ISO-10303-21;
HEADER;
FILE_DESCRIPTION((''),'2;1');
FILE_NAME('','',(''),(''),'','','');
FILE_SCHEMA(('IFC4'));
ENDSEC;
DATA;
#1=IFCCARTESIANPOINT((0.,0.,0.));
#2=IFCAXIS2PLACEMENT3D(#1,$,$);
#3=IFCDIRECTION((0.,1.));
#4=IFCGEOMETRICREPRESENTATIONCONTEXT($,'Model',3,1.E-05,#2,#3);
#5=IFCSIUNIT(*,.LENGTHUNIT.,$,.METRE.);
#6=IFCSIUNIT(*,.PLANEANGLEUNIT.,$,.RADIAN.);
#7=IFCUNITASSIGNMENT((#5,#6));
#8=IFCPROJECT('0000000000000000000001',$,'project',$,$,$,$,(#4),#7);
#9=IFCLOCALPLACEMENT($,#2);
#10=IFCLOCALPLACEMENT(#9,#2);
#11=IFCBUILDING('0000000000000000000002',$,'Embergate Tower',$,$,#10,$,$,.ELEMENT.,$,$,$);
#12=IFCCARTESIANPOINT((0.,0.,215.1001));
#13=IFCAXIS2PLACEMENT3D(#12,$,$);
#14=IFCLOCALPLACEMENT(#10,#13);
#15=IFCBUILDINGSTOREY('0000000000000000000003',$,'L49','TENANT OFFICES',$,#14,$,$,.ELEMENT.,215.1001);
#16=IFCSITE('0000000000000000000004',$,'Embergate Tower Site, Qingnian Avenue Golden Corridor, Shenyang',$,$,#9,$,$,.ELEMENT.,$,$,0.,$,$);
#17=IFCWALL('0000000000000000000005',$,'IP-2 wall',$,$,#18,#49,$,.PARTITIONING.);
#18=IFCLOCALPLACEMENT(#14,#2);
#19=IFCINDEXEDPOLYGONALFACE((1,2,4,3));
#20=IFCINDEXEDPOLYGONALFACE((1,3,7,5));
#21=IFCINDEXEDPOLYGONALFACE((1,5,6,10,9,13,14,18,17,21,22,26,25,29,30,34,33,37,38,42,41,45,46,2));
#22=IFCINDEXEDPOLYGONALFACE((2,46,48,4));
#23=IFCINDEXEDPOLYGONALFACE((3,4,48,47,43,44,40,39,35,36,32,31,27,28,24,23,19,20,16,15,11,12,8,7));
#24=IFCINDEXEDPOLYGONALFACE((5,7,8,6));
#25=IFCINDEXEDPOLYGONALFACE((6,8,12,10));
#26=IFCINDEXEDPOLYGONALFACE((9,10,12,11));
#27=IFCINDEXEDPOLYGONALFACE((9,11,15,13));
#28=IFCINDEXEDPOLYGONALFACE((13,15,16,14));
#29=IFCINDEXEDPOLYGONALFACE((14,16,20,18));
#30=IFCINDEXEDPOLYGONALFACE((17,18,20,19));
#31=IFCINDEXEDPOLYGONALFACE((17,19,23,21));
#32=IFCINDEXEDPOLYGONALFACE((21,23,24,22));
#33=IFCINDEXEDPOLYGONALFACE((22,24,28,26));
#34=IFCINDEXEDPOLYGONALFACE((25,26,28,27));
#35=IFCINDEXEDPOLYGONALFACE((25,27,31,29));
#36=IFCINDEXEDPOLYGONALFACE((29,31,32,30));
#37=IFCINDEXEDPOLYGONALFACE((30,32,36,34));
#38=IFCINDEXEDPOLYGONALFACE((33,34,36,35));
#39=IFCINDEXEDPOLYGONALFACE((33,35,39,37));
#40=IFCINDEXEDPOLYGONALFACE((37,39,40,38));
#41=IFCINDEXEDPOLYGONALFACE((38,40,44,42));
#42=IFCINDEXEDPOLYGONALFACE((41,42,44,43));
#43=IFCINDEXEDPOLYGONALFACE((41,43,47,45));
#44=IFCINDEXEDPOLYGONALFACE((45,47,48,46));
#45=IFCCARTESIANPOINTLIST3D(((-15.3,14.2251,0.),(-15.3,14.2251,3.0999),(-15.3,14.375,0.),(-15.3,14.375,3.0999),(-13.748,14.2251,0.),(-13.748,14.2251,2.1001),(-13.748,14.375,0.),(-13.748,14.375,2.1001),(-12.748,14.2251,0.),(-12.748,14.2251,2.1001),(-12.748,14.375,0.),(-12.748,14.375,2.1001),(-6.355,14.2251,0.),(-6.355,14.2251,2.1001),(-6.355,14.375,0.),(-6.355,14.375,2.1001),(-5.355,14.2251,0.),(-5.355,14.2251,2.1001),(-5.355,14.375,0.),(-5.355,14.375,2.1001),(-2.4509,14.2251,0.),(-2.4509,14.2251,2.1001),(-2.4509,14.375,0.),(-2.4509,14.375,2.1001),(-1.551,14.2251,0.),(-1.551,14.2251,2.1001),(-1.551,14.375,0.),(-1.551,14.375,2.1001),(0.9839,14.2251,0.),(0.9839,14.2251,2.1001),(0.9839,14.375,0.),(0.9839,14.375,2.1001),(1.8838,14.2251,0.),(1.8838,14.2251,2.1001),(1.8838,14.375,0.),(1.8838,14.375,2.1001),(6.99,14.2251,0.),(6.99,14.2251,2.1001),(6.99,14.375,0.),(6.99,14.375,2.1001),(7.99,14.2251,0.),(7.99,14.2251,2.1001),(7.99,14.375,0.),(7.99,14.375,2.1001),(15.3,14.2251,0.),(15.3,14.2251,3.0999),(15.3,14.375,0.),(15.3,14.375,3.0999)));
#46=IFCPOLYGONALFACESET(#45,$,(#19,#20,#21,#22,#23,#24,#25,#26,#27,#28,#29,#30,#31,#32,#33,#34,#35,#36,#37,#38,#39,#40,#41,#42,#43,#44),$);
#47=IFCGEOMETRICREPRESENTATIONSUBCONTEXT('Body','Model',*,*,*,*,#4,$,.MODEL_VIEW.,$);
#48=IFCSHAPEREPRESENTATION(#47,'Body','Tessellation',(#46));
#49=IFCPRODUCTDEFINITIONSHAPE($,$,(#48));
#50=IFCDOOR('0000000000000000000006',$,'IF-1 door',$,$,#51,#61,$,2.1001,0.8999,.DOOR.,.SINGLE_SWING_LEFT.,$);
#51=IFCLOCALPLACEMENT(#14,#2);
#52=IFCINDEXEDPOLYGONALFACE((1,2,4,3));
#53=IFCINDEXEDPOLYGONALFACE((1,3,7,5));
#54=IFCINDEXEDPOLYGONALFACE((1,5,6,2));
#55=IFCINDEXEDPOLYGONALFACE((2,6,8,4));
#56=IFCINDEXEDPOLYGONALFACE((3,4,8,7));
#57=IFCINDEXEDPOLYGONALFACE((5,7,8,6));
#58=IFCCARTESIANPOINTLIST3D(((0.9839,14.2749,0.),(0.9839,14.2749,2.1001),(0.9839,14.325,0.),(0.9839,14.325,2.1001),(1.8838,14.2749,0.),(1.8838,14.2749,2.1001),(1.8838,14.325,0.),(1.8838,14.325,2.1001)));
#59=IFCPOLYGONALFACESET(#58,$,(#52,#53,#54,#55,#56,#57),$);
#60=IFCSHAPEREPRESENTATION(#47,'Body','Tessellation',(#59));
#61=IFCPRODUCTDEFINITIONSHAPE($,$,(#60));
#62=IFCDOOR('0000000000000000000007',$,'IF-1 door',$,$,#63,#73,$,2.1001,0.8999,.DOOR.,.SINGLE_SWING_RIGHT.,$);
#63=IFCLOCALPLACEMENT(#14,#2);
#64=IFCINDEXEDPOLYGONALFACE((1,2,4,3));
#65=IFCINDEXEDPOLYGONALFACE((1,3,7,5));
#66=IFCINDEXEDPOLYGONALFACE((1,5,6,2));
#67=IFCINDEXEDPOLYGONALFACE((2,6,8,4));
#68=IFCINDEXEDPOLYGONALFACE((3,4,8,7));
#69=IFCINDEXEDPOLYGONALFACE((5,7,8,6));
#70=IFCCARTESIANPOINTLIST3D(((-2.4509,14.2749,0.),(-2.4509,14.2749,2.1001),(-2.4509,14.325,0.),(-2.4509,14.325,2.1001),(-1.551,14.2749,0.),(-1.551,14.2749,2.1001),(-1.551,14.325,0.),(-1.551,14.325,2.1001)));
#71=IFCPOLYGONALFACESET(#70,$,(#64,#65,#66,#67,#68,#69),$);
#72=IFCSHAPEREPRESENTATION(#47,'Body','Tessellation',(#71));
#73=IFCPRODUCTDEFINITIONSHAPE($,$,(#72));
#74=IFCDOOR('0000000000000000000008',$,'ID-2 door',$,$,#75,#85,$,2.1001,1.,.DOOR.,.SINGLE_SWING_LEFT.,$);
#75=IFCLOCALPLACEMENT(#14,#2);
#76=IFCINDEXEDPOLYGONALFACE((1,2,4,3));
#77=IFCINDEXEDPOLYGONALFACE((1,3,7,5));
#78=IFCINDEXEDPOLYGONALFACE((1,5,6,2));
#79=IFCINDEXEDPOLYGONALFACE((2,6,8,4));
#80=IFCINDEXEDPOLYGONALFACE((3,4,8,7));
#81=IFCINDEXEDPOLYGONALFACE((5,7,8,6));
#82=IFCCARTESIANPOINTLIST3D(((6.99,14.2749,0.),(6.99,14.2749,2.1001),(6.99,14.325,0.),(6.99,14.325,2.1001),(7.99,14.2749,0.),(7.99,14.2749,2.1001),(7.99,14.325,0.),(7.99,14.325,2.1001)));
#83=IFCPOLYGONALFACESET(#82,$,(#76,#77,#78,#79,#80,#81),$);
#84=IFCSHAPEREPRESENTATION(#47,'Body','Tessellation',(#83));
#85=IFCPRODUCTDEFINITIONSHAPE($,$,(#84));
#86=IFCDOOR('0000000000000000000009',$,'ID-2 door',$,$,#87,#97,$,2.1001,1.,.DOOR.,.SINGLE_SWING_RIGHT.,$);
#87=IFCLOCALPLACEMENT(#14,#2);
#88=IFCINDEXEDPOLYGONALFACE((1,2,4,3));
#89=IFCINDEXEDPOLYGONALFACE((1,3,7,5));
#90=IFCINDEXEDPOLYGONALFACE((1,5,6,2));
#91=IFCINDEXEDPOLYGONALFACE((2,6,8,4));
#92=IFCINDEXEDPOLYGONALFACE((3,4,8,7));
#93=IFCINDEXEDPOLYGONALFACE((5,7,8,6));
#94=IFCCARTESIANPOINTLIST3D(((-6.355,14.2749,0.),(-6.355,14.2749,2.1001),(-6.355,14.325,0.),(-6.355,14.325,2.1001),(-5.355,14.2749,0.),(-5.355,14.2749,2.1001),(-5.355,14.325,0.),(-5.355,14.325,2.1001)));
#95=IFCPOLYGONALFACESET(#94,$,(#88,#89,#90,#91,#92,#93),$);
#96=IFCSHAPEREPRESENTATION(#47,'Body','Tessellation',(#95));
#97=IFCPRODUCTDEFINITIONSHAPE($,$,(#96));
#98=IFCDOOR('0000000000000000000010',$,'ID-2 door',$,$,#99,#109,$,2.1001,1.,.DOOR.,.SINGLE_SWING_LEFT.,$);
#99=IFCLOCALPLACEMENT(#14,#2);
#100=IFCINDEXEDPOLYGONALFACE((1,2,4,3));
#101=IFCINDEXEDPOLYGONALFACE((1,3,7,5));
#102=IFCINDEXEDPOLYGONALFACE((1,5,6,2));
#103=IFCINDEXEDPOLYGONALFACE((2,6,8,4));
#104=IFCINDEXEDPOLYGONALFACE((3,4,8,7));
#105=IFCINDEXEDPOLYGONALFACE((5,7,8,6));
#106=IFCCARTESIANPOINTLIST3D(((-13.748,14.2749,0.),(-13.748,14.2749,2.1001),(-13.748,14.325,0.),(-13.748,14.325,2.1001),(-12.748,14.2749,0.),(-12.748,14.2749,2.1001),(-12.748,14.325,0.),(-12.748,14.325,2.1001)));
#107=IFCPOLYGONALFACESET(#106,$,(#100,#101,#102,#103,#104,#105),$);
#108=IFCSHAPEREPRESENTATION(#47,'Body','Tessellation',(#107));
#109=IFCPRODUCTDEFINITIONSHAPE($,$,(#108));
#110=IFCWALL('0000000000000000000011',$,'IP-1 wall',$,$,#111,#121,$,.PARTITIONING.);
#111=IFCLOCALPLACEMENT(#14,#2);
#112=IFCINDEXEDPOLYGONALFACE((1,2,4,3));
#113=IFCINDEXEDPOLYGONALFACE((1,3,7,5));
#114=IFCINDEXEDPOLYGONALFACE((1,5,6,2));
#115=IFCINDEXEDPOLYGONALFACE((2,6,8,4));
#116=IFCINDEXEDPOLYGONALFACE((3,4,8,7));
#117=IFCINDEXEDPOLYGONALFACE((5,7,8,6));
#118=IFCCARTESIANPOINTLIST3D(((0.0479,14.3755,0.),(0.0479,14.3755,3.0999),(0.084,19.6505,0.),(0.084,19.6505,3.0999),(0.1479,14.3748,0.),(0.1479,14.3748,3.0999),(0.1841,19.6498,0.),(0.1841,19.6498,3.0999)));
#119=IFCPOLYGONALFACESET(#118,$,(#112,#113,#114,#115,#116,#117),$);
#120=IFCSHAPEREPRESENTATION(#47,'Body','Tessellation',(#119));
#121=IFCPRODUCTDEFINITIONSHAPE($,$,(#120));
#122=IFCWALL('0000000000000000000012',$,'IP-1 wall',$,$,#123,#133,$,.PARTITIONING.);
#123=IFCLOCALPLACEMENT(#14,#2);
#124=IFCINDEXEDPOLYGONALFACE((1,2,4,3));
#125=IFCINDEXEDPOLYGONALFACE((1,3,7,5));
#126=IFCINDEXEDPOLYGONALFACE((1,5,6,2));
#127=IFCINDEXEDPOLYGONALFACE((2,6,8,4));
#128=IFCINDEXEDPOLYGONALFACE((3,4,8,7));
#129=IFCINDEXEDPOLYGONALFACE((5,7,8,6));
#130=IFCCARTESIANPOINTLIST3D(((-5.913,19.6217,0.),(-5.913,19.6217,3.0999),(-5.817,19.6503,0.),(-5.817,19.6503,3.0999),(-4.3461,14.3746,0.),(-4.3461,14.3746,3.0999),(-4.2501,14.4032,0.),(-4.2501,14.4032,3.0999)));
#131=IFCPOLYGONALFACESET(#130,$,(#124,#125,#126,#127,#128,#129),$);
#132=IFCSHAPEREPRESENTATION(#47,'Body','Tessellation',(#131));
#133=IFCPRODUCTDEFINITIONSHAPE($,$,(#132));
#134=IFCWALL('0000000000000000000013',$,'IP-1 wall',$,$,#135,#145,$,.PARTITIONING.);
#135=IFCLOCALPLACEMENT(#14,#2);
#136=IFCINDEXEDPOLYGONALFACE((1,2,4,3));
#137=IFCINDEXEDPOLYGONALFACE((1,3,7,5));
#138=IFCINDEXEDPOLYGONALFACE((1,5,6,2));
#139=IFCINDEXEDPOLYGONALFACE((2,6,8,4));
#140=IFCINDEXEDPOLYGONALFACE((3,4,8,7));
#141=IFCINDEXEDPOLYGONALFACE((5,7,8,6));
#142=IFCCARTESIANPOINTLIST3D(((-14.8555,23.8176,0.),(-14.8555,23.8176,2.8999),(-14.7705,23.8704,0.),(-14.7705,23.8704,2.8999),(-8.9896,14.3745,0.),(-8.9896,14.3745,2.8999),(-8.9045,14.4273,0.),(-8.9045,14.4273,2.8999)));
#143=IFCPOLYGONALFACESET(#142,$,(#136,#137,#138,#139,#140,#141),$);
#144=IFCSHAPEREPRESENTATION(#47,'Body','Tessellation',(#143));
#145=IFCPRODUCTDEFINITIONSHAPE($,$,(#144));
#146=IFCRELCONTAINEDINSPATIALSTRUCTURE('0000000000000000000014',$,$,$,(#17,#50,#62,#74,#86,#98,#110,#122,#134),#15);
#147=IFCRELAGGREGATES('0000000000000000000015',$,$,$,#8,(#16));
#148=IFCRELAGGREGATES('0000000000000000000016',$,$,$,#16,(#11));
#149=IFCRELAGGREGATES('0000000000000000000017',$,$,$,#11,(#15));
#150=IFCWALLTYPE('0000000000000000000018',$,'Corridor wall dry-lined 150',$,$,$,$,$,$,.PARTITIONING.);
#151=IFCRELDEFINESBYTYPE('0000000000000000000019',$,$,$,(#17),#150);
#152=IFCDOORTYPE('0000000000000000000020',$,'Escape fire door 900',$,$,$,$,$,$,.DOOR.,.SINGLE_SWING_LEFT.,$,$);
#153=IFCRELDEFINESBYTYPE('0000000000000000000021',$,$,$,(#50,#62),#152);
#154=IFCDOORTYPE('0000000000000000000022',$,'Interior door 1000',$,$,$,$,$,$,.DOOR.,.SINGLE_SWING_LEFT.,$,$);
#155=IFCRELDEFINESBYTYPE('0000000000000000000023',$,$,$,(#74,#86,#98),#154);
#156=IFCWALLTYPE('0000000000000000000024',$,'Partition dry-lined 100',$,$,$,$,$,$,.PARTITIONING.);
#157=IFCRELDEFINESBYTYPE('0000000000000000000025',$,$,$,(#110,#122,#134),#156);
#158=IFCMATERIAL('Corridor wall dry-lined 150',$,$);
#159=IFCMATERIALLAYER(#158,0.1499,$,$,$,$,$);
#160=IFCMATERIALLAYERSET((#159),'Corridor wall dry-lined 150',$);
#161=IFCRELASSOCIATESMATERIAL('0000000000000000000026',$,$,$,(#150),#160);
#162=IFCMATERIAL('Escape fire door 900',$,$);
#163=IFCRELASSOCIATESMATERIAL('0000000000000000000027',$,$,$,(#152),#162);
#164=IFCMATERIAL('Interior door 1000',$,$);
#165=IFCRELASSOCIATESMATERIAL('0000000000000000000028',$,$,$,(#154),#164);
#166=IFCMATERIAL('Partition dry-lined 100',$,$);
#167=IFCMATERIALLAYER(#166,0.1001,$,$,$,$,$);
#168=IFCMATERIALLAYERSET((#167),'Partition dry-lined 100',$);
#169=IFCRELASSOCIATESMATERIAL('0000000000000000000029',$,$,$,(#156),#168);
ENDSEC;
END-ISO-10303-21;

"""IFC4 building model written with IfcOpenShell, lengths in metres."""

from ifc_helpers import new_model, si_unit, direction, frame, frame_2d, origin, place, context, subcontext, project, spatial, rectangle, extrude, source, transform, mapped, material, layer, layer_set, type_object, element, fill, save


model = new_model("IFC4")

# Units and contexts
model_context = context("Model", 3, precision=1e-05, world=origin(), true_north=direction((0.0, 1.0)))
body_context = subcontext(model_context, "Body", "Model", "MODEL_VIEW")
ifc_project = project(units=[si_unit("LENGTHUNIT", "METRE"), si_unit("PLANEANGLEUNIT", "RADIAN")], contexts=[model_context])

# Site, building, storey
site_placement = place(None, origin())
site = spatial("IfcSite", under=ifc_project, at=site_placement, Name="Embergate Tower Site, Qingnian Avenue Golden Corridor, Shenyang", CompositionType="ELEMENT", RefElevation=0.0)
building_placement = place(site_placement, origin())
building = spatial("IfcBuilding", under=site, at=building_placement, Name="Embergate Tower", CompositionType="ELEMENT")
storey_placement = place(building_placement, frame((0.0, 0.0, 215.1001)))
storey = spatial("IfcBuildingStorey", under=building, at=storey_placement, Name="L49", Description="TENANT OFFICES", CompositionType="ELEMENT", Elevation=215.1001)

# Wall, openings, doors
ifc_material_1 = material(Name="Corridor wall dry-lined 150")
ifc_layer_1 = layer(ifc_material_1, 0.1499)
ifc_layer_set_1 = layer_set([ifc_layer_1], Name="Corridor wall dry-lined 150")
wall_type_1 = type_object("IfcWallType", Name="Corridor wall dry-lined 150", PredefinedType="PARTITIONING", material=ifc_layer_set_1)
shared_shape_1 = source(origin(), body_context, "Body", "SweptSolid", [
    extrude(rectangle(XDim=30.6001, YDim=0.1499, at=frame_2d((15.3, 0.0))), origin(), (0.0, 0.0, 1.0), 3.0999),
])
wall_1_placement = place(storey_placement, frame((-15.3, 14.3, 0.0), z_axis=(0.0, 0.0, 1.0), x_axis=(1.0, 0.0, 0.0)))
wall_1 = element("IfcWall", 1, at=wall_1_placement, inside=storey, type_object=wall_type_1, Name="IP-2 wall", PredefinedType="PARTITIONING", context=body_context, shape_type="MappedRepresentation", body=[
    mapped(shared_shape_1, transform((0.0, 0.0, 0.0))),
])
shared_shape_2 = source(origin(), body_context, "Body", "SweptSolid", [
    extrude(rectangle(XDim=1.0, YDim=2.1001, at=frame_2d((0.5, 1.05))), frame((0.0, 0.085, 0.0), z_axis=(0.0, -1.0, 0.0), x_axis=(1.0, 0.0, 0.0)), (0.0, 0.0, 1.0), 0.1699),
])
opening_1_placement = place(wall_1_placement, frame((22.29, 0.0, 0.0)))
opening_1 = element("IfcOpeningElement", 2, at=opening_1_placement, cuts=wall_1, PredefinedType="OPENING", context=body_context, shape_type="MappedRepresentation", body=[
    mapped(shared_shape_2, transform((0.0, 0.0, 0.0))),
])
shared_shape_3 = source(origin(), body_context, "Body", "SweptSolid", [
    extrude(rectangle(XDim=0.8999, YDim=2.1001, at=frame_2d((0.45, 1.05))), frame((0.0, 0.085, 0.0), z_axis=(0.0, -1.0, 0.0), x_axis=(1.0, 0.0, 0.0)), (0.0, 0.0, 1.0), 0.1699),
])
opening_2_placement = place(wall_1_placement, frame((16.2839, 0.0, 0.0)))
opening_2 = element("IfcOpeningElement", 3, at=opening_2_placement, cuts=wall_1, PredefinedType="OPENING", context=body_context, shape_type="MappedRepresentation", body=[
    mapped(shared_shape_3, transform((0.0, 0.0, 0.0))),
])
opening_3_placement = place(wall_1_placement, frame((12.8491, 0.0, 0.0)))
opening_3 = element("IfcOpeningElement", 4, at=opening_3_placement, cuts=wall_1, PredefinedType="OPENING", context=body_context, shape_type="MappedRepresentation", body=[
    mapped(shared_shape_3, transform((0.0, 0.0, 0.0))),
])
opening_4_placement = place(wall_1_placement, frame((8.9451, 0.0, 0.0)))
opening_4 = element("IfcOpeningElement", 5, at=opening_4_placement, cuts=wall_1, PredefinedType="OPENING", context=body_context, shape_type="MappedRepresentation", body=[
    mapped(shared_shape_2, transform((0.0, 0.0, 0.0))),
])
opening_5_placement = place(wall_1_placement, frame((1.552, 0.0, 0.0)))
opening_5 = element("IfcOpeningElement", 6, at=opening_5_placement, cuts=wall_1, PredefinedType="OPENING", context=body_context, shape_type="MappedRepresentation", body=[
    mapped(shared_shape_2, transform((0.0, 0.0, 0.0))),
])
ifc_material_2 = material(Name="Escape fire door 900")
door_type_1 = type_object("IfcDoorType", Name="Escape fire door 900", OperationType="SINGLE_SWING_LEFT", PredefinedType="DOOR", material=ifc_material_2)
shared_shape_4 = source(origin(), body_context, "Body", "SweptSolid", [
    extrude(rectangle(XDim=0.8999, YDim=2.1001, at=frame_2d((0.45, 1.05))), frame((0.0, 0.0249, 0.0), z_axis=(0.0, -1.0, 0.0), x_axis=(1.0, 0.0, 0.0)), (0.0, 0.0, 1.0), 0.05),
])
door_1_placement = place(opening_2_placement, origin())
door_1 = element("IfcDoor", 7, at=door_1_placement, inside=storey, type_object=door_type_1, Name="IF-1 door", OperationType="SINGLE_SWING_LEFT", OverallHeight=2.1001, OverallWidth=0.8999, PredefinedType="DOOR", context=body_context, shape_type="MappedRepresentation", body=[
    mapped(shared_shape_4, transform((0.0, 0.0, 0.0))),
])
fill(opening_2, door_1)
door_2_placement = place(opening_3_placement, origin())
door_2 = element("IfcDoor", 8, at=door_2_placement, inside=storey, type_object=door_type_1, Name="IF-1 door", OperationType="SINGLE_SWING_RIGHT", OverallHeight=2.1001, OverallWidth=0.8999, PredefinedType="DOOR", context=body_context, shape_type="MappedRepresentation", body=[
    mapped(shared_shape_4, transform((0.0, 0.0, 0.0))),
])
fill(opening_3, door_2)
ifc_material_3 = material(Name="Interior door 1000")
door_type_2 = type_object("IfcDoorType", Name="Interior door 1000", OperationType="SINGLE_SWING_LEFT", PredefinedType="DOOR", material=ifc_material_3)
shared_shape_5 = source(origin(), body_context, "Body", "SweptSolid", [
    extrude(rectangle(XDim=1.0, YDim=2.1001, at=frame_2d((0.5, 1.05))), frame((0.0, 0.0249, 0.0), z_axis=(0.0, -1.0, 0.0), x_axis=(1.0, 0.0, 0.0)), (0.0, 0.0, 1.0), 0.05),
])
door_3_placement = place(opening_1_placement, origin())
door_3 = element("IfcDoor", 9, at=door_3_placement, inside=storey, type_object=door_type_2, Name="ID-2 door", OperationType="SINGLE_SWING_LEFT", OverallHeight=2.1001, OverallWidth=1.0, PredefinedType="DOOR", context=body_context, shape_type="MappedRepresentation", body=[
    mapped(shared_shape_5, transform((0.0, 0.0, 0.0))),
])
fill(opening_1, door_3)
door_4_placement = place(opening_4_placement, origin())
door_4 = element("IfcDoor", 10, at=door_4_placement, inside=storey, type_object=door_type_2, Name="ID-2 door", OperationType="SINGLE_SWING_RIGHT", OverallHeight=2.1001, OverallWidth=1.0, PredefinedType="DOOR", context=body_context, shape_type="MappedRepresentation", body=[
    mapped(shared_shape_5, transform((0.0, 0.0, 0.0))),
])
fill(opening_4, door_4)
door_5_placement = place(opening_5_placement, origin())
door_5 = element("IfcDoor", 11, at=door_5_placement, inside=storey, type_object=door_type_2, Name="ID-2 door", OperationType="SINGLE_SWING_LEFT", OverallHeight=2.1001, OverallWidth=1.0, PredefinedType="DOOR", context=body_context, shape_type="MappedRepresentation", body=[
    mapped(shared_shape_5, transform((0.0, 0.0, 0.0))),
])
fill(opening_5, door_5)

# Walls
ifc_material_4 = material(Name="Partition dry-lined 100")
ifc_layer_2 = layer(ifc_material_4, 0.1001)
ifc_layer_set_2 = layer_set([ifc_layer_2], Name="Partition dry-lined 100")
wall_type_2 = type_object("IfcWallType", Name="Partition dry-lined 100", PredefinedType="PARTITIONING", material=ifc_layer_set_2)
shared_shape_6 = source(origin(), body_context, "Body", "SweptSolid", [
    extrude(rectangle(XDim=5.2751, YDim=0.1001, at=frame_2d((2.6377, 0.0))), origin(), (0.0, 0.0, 1.0), 3.0999),
])
wall_2_placement = place(storey_placement, frame((0.0979, 14.375, 0.0), z_axis=(0.0, 0.0, 1.0), x_axis=(0.00685, 0.999977, 0.0)))
element("IfcWall", 12, at=wall_2_placement, inside=storey, type_object=wall_type_2, Name="IP-1 wall", PredefinedType="PARTITIONING", context=body_context, shape_type="MappedRepresentation", body=[
    mapped(shared_shape_6, transform((0.0, 0.0, 0.0))),
])
shared_shape_7 = source(origin(), body_context, "Body", "SweptSolid", [
    extrude(rectangle(XDim=5.4761, YDim=0.1001, at=frame_2d((2.738, 0.0))), origin(), (0.0, 0.0, 1.0), 3.0999),
])
wall_3_placement = place(storey_placement, frame((-4.2981, 14.3889, 0.0), z_axis=(0.0, 0.0, 1.0), x_axis=(-0.286137, 0.958189, 0.0)))
element("IfcWall", 13, at=wall_3_placement, inside=storey, type_object=wall_type_2, Name="IP-1 wall", PredefinedType="PARTITIONING", context=body_context, shape_type="MappedRepresentation", body=[
    mapped(shared_shape_7, transform((0.0, 0.0, 0.0))),
])
shared_shape_8 = source(origin(), body_context, "Body", "SweptSolid", [
    extrude(rectangle(XDim=11.1167, YDim=0.1001, at=frame_2d((5.5583, 0.0))), origin(), (0.0, 0.0, 1.0), 2.8999),
])
wall_4_placement = place(storey_placement, frame((-14.813, 23.844, 0.0), z_axis=(0.0, 0.0, 1.0), x_axis=(0.52767, -0.84945, 0.0)))
element("IfcWall", 14, at=wall_4_placement, inside=storey, type_object=wall_type_2, Name="IP-1 wall", PredefinedType="PARTITIONING", context=body_context, shape_type="MappedRepresentation", body=[
    mapped(shared_shape_8, transform((0.0, 0.0, 0.0))),
])

save(model, "model.ifc")
